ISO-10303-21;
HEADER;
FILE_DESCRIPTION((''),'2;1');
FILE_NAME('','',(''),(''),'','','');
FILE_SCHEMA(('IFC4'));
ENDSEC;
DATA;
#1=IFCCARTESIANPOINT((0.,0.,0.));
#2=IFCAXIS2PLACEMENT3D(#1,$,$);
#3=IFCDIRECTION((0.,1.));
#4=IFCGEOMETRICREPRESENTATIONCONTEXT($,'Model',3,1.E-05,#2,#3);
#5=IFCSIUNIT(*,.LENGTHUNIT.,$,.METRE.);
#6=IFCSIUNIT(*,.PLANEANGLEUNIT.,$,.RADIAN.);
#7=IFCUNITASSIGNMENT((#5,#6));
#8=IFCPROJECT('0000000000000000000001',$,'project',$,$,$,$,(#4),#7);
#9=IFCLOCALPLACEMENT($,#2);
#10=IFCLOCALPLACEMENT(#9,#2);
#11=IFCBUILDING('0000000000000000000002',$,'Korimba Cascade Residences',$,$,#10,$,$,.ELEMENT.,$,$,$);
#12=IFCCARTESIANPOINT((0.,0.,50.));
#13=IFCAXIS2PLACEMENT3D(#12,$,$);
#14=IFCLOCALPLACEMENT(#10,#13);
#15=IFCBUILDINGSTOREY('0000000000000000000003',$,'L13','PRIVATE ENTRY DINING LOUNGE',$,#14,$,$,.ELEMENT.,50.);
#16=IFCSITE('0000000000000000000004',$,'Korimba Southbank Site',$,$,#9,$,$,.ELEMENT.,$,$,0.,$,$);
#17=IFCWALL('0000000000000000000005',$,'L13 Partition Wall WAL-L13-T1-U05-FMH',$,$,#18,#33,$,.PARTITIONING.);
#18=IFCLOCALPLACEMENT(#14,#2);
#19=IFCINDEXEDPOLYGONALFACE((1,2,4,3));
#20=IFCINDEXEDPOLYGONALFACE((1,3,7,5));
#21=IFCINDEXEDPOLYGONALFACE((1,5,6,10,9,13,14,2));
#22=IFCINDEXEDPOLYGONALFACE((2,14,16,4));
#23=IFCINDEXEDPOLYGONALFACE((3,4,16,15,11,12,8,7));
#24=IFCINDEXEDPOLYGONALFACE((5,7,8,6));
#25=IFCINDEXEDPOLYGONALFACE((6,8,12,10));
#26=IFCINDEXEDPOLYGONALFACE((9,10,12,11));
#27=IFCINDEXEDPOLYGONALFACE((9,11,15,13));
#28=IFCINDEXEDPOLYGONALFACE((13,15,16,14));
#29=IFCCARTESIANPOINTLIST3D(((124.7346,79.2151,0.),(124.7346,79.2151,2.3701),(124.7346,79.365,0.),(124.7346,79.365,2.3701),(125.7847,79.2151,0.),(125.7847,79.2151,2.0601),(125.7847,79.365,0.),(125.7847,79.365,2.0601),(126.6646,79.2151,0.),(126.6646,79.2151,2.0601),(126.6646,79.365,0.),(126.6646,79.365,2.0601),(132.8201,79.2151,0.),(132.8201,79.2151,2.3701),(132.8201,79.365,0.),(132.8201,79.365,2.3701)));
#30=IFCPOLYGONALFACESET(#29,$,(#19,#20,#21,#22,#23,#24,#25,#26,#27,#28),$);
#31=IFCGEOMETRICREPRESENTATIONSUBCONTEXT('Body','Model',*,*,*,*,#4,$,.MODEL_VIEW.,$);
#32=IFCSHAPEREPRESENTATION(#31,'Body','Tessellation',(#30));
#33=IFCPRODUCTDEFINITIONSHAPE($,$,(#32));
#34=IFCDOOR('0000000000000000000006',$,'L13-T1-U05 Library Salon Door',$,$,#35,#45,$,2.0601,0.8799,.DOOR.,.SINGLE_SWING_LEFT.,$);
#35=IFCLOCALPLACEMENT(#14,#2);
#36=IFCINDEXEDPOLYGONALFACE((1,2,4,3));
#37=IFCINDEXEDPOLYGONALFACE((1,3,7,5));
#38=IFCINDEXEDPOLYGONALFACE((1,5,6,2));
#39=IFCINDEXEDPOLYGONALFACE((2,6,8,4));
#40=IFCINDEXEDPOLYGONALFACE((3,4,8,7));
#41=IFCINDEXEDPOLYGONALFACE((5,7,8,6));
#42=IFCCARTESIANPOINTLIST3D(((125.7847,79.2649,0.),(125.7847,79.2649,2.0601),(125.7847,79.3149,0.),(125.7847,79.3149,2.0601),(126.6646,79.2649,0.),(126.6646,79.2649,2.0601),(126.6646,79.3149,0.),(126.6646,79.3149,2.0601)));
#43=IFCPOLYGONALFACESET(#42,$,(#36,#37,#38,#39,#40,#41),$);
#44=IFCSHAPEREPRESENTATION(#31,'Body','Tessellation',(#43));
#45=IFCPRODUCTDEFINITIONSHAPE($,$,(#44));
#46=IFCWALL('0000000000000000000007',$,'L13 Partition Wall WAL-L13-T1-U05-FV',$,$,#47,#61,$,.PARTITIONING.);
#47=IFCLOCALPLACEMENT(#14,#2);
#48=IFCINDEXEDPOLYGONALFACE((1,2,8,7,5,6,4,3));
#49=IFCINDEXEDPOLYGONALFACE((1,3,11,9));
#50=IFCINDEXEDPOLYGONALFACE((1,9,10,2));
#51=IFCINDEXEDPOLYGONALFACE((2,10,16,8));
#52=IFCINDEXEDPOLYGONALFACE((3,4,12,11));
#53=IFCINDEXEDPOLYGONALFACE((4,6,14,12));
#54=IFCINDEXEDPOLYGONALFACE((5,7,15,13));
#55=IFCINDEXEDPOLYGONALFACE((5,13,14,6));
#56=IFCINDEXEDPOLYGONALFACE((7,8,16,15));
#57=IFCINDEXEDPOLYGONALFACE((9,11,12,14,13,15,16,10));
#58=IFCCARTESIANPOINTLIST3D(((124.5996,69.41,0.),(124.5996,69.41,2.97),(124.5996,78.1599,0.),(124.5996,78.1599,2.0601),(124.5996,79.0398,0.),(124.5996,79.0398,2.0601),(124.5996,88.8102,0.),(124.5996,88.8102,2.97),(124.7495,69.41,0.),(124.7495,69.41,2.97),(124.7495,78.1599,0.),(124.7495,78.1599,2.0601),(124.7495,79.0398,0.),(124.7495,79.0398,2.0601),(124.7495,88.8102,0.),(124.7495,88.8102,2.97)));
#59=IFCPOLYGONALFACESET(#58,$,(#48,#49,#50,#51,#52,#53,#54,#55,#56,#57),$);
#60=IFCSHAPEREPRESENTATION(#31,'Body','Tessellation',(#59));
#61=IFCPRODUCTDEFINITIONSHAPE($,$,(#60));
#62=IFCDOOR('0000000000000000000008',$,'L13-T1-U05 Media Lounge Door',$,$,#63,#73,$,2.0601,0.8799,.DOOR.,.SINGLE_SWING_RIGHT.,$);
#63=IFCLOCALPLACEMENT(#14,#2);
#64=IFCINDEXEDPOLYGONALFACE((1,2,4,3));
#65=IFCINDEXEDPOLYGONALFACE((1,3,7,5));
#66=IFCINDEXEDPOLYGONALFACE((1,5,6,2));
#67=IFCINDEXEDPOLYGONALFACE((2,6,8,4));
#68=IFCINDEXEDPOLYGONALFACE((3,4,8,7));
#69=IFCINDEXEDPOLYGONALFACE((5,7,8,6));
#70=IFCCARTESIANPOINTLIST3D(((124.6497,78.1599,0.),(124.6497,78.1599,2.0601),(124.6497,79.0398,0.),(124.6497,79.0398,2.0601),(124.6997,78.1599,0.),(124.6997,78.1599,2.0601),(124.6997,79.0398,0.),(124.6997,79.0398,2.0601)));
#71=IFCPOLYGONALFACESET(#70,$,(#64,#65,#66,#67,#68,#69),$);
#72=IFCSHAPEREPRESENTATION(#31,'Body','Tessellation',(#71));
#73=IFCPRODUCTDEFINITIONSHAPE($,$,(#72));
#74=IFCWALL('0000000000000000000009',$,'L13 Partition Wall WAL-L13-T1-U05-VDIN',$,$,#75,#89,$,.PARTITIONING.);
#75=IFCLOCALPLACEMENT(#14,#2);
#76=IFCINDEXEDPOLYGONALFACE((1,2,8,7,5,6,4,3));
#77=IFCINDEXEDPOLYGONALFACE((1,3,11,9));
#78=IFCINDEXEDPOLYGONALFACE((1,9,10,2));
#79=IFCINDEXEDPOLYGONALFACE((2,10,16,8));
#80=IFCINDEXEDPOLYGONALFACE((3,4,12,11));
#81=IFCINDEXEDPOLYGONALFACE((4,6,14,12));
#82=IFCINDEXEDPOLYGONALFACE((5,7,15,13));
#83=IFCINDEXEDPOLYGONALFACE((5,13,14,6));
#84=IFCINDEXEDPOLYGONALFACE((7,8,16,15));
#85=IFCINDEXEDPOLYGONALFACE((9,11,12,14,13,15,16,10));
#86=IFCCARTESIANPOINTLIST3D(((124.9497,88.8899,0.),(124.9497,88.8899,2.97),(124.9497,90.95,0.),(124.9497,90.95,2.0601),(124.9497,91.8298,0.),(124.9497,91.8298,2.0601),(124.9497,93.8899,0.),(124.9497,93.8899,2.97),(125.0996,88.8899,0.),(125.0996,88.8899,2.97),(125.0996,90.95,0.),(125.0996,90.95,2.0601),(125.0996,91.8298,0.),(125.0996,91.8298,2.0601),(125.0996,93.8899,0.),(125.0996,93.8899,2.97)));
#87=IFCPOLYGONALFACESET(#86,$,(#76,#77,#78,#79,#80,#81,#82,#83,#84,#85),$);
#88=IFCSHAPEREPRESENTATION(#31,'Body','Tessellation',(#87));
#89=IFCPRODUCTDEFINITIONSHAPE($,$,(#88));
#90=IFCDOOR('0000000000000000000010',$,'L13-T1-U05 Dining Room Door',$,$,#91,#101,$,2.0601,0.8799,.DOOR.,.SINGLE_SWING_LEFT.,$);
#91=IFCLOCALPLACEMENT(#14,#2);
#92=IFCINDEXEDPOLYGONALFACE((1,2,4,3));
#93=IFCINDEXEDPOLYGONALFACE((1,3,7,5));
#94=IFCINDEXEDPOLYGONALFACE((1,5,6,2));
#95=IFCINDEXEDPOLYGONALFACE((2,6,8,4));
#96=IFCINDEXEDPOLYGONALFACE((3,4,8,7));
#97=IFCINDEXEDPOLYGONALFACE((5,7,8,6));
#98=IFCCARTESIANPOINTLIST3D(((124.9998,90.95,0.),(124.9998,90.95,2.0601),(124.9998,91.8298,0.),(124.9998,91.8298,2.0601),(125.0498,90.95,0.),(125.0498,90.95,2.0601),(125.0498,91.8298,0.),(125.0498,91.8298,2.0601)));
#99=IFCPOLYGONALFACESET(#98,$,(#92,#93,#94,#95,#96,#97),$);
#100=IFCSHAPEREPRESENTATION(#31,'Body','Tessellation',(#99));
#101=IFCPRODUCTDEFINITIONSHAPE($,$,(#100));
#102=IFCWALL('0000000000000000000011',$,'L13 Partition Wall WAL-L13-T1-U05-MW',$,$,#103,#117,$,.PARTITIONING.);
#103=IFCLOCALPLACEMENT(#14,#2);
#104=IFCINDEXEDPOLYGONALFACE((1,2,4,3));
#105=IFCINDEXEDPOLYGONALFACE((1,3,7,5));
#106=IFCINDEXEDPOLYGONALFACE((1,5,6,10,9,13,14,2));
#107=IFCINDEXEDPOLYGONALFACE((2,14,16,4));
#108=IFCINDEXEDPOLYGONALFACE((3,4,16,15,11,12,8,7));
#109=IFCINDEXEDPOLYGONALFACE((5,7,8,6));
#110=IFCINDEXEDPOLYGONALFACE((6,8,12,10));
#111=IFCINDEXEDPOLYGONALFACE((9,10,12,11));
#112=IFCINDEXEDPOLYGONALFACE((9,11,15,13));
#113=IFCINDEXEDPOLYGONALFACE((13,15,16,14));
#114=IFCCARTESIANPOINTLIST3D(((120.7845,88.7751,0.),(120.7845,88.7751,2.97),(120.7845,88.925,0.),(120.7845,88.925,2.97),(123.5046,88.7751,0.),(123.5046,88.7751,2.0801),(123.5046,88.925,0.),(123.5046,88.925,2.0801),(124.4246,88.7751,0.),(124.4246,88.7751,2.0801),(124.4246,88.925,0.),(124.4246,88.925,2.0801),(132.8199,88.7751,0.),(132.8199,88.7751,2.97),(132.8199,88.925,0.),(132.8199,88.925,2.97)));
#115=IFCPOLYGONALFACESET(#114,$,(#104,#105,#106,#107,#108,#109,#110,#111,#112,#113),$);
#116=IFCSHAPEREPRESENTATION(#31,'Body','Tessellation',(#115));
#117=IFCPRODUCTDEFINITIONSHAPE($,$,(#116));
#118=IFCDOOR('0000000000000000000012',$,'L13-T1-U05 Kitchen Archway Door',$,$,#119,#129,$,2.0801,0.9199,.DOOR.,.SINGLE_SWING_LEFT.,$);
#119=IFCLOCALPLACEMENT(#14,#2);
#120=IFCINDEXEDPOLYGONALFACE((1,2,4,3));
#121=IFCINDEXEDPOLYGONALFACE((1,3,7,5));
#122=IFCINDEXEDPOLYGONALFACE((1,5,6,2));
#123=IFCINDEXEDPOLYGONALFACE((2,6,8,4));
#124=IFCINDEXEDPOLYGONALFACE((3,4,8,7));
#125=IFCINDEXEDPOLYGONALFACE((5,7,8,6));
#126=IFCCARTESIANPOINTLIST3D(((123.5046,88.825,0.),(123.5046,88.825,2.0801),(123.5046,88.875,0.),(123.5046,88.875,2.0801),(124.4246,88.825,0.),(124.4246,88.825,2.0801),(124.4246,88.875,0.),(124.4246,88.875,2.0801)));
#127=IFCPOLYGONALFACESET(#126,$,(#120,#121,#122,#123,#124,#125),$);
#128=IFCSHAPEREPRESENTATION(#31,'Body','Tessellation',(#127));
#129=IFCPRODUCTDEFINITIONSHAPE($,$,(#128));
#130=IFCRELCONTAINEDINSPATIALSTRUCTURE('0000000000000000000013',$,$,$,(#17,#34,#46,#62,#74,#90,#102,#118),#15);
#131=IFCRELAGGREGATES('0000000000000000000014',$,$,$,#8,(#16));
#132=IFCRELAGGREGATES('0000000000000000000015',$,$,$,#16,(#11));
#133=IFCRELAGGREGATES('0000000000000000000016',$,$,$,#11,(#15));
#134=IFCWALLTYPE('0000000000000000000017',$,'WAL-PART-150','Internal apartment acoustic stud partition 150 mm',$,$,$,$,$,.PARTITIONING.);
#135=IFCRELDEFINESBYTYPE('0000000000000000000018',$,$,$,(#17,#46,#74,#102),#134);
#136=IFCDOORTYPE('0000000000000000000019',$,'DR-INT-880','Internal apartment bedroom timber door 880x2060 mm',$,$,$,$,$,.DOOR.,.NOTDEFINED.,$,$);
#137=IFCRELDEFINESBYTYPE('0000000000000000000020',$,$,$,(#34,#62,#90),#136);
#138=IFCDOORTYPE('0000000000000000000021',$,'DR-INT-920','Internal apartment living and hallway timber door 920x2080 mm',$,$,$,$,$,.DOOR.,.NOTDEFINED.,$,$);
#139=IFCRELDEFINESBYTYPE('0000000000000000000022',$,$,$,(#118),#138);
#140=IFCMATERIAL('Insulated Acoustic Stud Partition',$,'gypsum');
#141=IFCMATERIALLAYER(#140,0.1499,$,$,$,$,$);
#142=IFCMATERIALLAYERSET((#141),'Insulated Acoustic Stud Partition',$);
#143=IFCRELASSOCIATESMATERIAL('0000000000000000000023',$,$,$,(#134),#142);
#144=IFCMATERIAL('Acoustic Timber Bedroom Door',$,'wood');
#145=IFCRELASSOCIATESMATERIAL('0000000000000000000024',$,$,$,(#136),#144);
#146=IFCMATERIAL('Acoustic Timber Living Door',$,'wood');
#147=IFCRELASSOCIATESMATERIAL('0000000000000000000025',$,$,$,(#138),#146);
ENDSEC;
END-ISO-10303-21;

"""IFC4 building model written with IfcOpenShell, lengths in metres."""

from ifc_helpers import new_model, si_unit, direction, frame, frame_2d, origin, place, context, subcontext, project, spatial, rectangle, extrude, material, layer, layer_set, type_object, element, fill, save


model = new_model("IFC4")

# Units and contexts
model_context = context("Model", 3, precision=1e-05, world=origin(), true_north=direction((0.0, 1.0)))
body_context = subcontext(model_context, "Body", "Model", "MODEL_VIEW")
ifc_project = project(units=[si_unit("LENGTHUNIT", "METRE"), si_unit("PLANEANGLEUNIT", "RADIAN")], contexts=[model_context])

# Site, building, storey
site_placement = place(None, origin())
site = spatial("IfcSite", under=ifc_project, at=site_placement, Name="Korimba Southbank Site", CompositionType="ELEMENT", RefElevation=0.0)
building_placement = place(site_placement, origin())
building = spatial("IfcBuilding", under=site, at=building_placement, Name="Korimba Cascade Residences", CompositionType="ELEMENT")
storey_placement = place(building_placement, frame((0.0, 0.0, 50.0)))
storey = spatial("IfcBuildingStorey", under=building, at=storey_placement, Name="L13", Description="PRIVATE ENTRY DINING LOUNGE", CompositionType="ELEMENT", Elevation=50.0)

# Shared definitions
ifc_material_1 = material(Name="Insulated Acoustic Stud Partition", Category="gypsum")
ifc_layer_1 = layer(ifc_material_1, 0.1499)
ifc_layer_set_1 = layer_set([ifc_layer_1], Name="Insulated Acoustic Stud Partition")
wall_type_1 = type_object("IfcWallType", Name="WAL-PART-150", Description="Internal apartment acoustic stud partition 150 mm", PredefinedType="PARTITIONING", material=ifc_layer_set_1)

# Walls, openings, doors
wall_1_placement = place(storey_placement, frame((124.7346, 79.29, 0.0), z_axis=(0.0, 0.0, 1.0), x_axis=(1.0, 0.0, 0.0)))
wall_1 = element("IfcWall", 1, at=wall_1_placement, inside=storey, type_object=wall_type_1, Name="L13 Partition Wall WAL-L13-T1-U05-FMH", PredefinedType="PARTITIONING", context=body_context, shape_type="SweptSolid", body=[
    extrude(rectangle(XDim=8.0854, YDim=0.1499, at=frame_2d((4.0427, 0.0))), origin(), (0.0, 0.0, 1.0), 2.3701),
])
opening_1_placement = place(wall_1_placement, frame((1.05, 0.0, 0.0)))
opening_1 = element("IfcOpeningElement", 2, at=opening_1_placement, cuts=wall_1, PredefinedType="OPENING", context=body_context, shape_type="SweptSolid", body=[
    extrude(rectangle(XDim=0.8799, YDim=2.0601, at=frame_2d((0.4399, 1.03))), frame((0.0, 0.085, 0.0), z_axis=(0.0, -1.0, 0.0), x_axis=(1.0, 0.0, 0.0)), (0.0, 0.0, 1.0), 0.1699),
])
ifc_material_2 = material(Name="Acoustic Timber Bedroom Door", Category="wood")
door_type_1 = type_object("IfcDoorType", Name="DR-INT-880", Description="Internal apartment bedroom timber door 880x2060 mm", OperationType="NOTDEFINED", PredefinedType="DOOR", material=ifc_material_2)
door_1_placement = place(opening_1_placement, origin())
door_1 = element("IfcDoor", 3, at=door_1_placement, inside=storey, type_object=door_type_1, Name="L13-T1-U05 Library Salon Door", OperationType="SINGLE_SWING_LEFT", OverallHeight=2.0601, OverallWidth=0.8799, PredefinedType="DOOR", context=body_context, shape_type="SweptSolid", body=[
    extrude(rectangle(XDim=0.8799, YDim=2.0601, at=frame_2d((0.4399, 1.03))), frame((0.0, 0.0249, 0.0), z_axis=(0.0, -1.0, 0.0), x_axis=(1.0, 0.0, 0.0)), (0.0, 0.0, 1.0), 0.05),
])
fill(opening_1, door_1)
wall_2_placement = place(storey_placement, frame((124.6746, 69.4099, 0.0), z_axis=(0.0, 0.0, 1.0), x_axis=(0.0, 1.0, 0.0)))
wall_2 = element("IfcWall", 4, at=wall_2_placement, inside=storey, type_object=wall_type_1, Name="L13 Partition Wall WAL-L13-T1-U05-FV", PredefinedType="PARTITIONING", context=body_context, shape_type="SweptSolid", body=[
    extrude(rectangle(XDim=19.4001, YDim=0.1499, at=frame_2d((9.7002, 0.0))), origin(), (0.0, 0.0, 1.0), 2.97),
])
opening_2_placement = place(wall_2_placement, frame((8.75, 0.0, 0.0)))
opening_2 = element("IfcOpeningElement", 5, at=opening_2_placement, cuts=wall_2, PredefinedType="OPENING", context=body_context, shape_type="SweptSolid", body=[
    extrude(rectangle(XDim=0.8799, YDim=2.0601, at=frame_2d((0.4399, 1.03))), frame((0.0, 0.085, 0.0), z_axis=(0.0, -1.0, 0.0), x_axis=(1.0, 0.0, 0.0)), (0.0, 0.0, 1.0), 0.1699),
])
door_2_placement = place(opening_2_placement, origin())
door_2 = element("IfcDoor", 6, at=door_2_placement, inside=storey, type_object=door_type_1, Name="L13-T1-U05 Media Lounge Door", OperationType="SINGLE_SWING_RIGHT", OverallHeight=2.0601, OverallWidth=0.8799, PredefinedType="DOOR", context=body_context, shape_type="SweptSolid", body=[
    extrude(rectangle(XDim=0.8799, YDim=2.0601, at=frame_2d((0.4399, 1.03))), frame((0.0, 0.0249, 0.0), z_axis=(0.0, -1.0, 0.0), x_axis=(1.0, 0.0, 0.0)), (0.0, 0.0, 1.0), 0.05),
])
fill(opening_2, door_2)
wall_3_placement = place(storey_placement, frame((125.0247, 88.8899, 0.0), z_axis=(0.0, 0.0, 1.0), x_axis=(0.0, 1.0, 0.0)))
wall_3 = element("IfcWall", 7, at=wall_3_placement, inside=storey, type_object=wall_type_1, Name="L13 Partition Wall WAL-L13-T1-U05-VDIN", PredefinedType="PARTITIONING", context=body_context, shape_type="SweptSolid", body=[
    extrude(rectangle(XDim=5.0, YDim=0.1499, at=frame_2d((2.5, 0.0))), origin(), (0.0, 0.0, 1.0), 2.97),
])
opening_3_placement = place(wall_3_placement, frame((2.0601, 0.0, 0.0)))
opening_3 = element("IfcOpeningElement", 8, at=opening_3_placement, cuts=wall_3, PredefinedType="OPENING", context=body_context, shape_type="SweptSolid", body=[
    extrude(rectangle(XDim=0.8799, YDim=2.0601, at=frame_2d((0.4399, 1.03))), frame((0.0, 0.085, 0.0), z_axis=(0.0, -1.0, 0.0), x_axis=(1.0, 0.0, 0.0)), (0.0, 0.0, 1.0), 0.1699),
])
door_3_placement = place(opening_3_placement, origin())
door_3 = element("IfcDoor", 9, at=door_3_placement, inside=storey, type_object=door_type_1, Name="L13-T1-U05 Dining Room Door", OperationType="SINGLE_SWING_LEFT", OverallHeight=2.0601, OverallWidth=0.8799, PredefinedType="DOOR", context=body_context, shape_type="SweptSolid", body=[
    extrude(rectangle(XDim=0.8799, YDim=2.0601, at=frame_2d((0.4399, 1.03))), frame((0.0, 0.0249, 0.0), z_axis=(0.0, -1.0, 0.0), x_axis=(1.0, 0.0, 0.0)), (0.0, 0.0, 1.0), 0.05),
])
fill(opening_3, door_3)
wall_4_placement = place(storey_placement, frame((120.7847, 88.8501, 0.0), z_axis=(0.0, 0.0, 1.0), x_axis=(1.0, 0.0, 0.0)))
wall_4 = element("IfcWall", 10, at=wall_4_placement, inside=storey, type_object=wall_type_1, Name="L13 Partition Wall WAL-L13-T1-U05-MW", PredefinedType="PARTITIONING", context=body_context, shape_type="SweptSolid", body=[
    extrude(rectangle(XDim=12.0354, YDim=0.1499, at=frame_2d((6.0176, 0.0))), origin(), (0.0, 0.0, 1.0), 2.97),
])
opening_4_placement = place(wall_4_placement, frame((2.72, 0.0, 0.0)))
opening_4 = element("IfcOpeningElement", 11, at=opening_4_placement, cuts=wall_4, PredefinedType="OPENING", context=body_context, shape_type="SweptSolid", body=[
    extrude(rectangle(XDim=0.9199, YDim=2.0801, at=frame_2d((0.46, 1.04))), frame((0.0, 0.085, 0.0), z_axis=(0.0, -1.0, 0.0), x_axis=(1.0, 0.0, 0.0)), (0.0, 0.0, 1.0), 0.1699),
])
ifc_material_3 = material(Name="Acoustic Timber Living Door", Category="wood")
door_type_2 = type_object("IfcDoorType", Name="DR-INT-920", Description="Internal apartment living and hallway timber door 920x2080 mm", OperationType="NOTDEFINED", PredefinedType="DOOR", material=ifc_material_3)
door_4_placement = place(opening_4_placement, origin())
door_4 = element("IfcDoor", 12, at=door_4_placement, inside=storey, type_object=door_type_2, Name="L13-T1-U05 Kitchen Archway Door", OperationType="SINGLE_SWING_LEFT", OverallHeight=2.0801, OverallWidth=0.9199, PredefinedType="DOOR", context=body_context, shape_type="SweptSolid", body=[
    extrude(rectangle(XDim=0.9199, YDim=2.0801, at=frame_2d((0.46, 1.04))), frame((0.0, 0.0249, 0.0), z_axis=(0.0, -1.0, 0.0), x_axis=(1.0, 0.0, 0.0)), (0.0, 0.0, 1.0), 0.05),
])
fill(opening_4, door_4)

save(model, "model.ifc")
